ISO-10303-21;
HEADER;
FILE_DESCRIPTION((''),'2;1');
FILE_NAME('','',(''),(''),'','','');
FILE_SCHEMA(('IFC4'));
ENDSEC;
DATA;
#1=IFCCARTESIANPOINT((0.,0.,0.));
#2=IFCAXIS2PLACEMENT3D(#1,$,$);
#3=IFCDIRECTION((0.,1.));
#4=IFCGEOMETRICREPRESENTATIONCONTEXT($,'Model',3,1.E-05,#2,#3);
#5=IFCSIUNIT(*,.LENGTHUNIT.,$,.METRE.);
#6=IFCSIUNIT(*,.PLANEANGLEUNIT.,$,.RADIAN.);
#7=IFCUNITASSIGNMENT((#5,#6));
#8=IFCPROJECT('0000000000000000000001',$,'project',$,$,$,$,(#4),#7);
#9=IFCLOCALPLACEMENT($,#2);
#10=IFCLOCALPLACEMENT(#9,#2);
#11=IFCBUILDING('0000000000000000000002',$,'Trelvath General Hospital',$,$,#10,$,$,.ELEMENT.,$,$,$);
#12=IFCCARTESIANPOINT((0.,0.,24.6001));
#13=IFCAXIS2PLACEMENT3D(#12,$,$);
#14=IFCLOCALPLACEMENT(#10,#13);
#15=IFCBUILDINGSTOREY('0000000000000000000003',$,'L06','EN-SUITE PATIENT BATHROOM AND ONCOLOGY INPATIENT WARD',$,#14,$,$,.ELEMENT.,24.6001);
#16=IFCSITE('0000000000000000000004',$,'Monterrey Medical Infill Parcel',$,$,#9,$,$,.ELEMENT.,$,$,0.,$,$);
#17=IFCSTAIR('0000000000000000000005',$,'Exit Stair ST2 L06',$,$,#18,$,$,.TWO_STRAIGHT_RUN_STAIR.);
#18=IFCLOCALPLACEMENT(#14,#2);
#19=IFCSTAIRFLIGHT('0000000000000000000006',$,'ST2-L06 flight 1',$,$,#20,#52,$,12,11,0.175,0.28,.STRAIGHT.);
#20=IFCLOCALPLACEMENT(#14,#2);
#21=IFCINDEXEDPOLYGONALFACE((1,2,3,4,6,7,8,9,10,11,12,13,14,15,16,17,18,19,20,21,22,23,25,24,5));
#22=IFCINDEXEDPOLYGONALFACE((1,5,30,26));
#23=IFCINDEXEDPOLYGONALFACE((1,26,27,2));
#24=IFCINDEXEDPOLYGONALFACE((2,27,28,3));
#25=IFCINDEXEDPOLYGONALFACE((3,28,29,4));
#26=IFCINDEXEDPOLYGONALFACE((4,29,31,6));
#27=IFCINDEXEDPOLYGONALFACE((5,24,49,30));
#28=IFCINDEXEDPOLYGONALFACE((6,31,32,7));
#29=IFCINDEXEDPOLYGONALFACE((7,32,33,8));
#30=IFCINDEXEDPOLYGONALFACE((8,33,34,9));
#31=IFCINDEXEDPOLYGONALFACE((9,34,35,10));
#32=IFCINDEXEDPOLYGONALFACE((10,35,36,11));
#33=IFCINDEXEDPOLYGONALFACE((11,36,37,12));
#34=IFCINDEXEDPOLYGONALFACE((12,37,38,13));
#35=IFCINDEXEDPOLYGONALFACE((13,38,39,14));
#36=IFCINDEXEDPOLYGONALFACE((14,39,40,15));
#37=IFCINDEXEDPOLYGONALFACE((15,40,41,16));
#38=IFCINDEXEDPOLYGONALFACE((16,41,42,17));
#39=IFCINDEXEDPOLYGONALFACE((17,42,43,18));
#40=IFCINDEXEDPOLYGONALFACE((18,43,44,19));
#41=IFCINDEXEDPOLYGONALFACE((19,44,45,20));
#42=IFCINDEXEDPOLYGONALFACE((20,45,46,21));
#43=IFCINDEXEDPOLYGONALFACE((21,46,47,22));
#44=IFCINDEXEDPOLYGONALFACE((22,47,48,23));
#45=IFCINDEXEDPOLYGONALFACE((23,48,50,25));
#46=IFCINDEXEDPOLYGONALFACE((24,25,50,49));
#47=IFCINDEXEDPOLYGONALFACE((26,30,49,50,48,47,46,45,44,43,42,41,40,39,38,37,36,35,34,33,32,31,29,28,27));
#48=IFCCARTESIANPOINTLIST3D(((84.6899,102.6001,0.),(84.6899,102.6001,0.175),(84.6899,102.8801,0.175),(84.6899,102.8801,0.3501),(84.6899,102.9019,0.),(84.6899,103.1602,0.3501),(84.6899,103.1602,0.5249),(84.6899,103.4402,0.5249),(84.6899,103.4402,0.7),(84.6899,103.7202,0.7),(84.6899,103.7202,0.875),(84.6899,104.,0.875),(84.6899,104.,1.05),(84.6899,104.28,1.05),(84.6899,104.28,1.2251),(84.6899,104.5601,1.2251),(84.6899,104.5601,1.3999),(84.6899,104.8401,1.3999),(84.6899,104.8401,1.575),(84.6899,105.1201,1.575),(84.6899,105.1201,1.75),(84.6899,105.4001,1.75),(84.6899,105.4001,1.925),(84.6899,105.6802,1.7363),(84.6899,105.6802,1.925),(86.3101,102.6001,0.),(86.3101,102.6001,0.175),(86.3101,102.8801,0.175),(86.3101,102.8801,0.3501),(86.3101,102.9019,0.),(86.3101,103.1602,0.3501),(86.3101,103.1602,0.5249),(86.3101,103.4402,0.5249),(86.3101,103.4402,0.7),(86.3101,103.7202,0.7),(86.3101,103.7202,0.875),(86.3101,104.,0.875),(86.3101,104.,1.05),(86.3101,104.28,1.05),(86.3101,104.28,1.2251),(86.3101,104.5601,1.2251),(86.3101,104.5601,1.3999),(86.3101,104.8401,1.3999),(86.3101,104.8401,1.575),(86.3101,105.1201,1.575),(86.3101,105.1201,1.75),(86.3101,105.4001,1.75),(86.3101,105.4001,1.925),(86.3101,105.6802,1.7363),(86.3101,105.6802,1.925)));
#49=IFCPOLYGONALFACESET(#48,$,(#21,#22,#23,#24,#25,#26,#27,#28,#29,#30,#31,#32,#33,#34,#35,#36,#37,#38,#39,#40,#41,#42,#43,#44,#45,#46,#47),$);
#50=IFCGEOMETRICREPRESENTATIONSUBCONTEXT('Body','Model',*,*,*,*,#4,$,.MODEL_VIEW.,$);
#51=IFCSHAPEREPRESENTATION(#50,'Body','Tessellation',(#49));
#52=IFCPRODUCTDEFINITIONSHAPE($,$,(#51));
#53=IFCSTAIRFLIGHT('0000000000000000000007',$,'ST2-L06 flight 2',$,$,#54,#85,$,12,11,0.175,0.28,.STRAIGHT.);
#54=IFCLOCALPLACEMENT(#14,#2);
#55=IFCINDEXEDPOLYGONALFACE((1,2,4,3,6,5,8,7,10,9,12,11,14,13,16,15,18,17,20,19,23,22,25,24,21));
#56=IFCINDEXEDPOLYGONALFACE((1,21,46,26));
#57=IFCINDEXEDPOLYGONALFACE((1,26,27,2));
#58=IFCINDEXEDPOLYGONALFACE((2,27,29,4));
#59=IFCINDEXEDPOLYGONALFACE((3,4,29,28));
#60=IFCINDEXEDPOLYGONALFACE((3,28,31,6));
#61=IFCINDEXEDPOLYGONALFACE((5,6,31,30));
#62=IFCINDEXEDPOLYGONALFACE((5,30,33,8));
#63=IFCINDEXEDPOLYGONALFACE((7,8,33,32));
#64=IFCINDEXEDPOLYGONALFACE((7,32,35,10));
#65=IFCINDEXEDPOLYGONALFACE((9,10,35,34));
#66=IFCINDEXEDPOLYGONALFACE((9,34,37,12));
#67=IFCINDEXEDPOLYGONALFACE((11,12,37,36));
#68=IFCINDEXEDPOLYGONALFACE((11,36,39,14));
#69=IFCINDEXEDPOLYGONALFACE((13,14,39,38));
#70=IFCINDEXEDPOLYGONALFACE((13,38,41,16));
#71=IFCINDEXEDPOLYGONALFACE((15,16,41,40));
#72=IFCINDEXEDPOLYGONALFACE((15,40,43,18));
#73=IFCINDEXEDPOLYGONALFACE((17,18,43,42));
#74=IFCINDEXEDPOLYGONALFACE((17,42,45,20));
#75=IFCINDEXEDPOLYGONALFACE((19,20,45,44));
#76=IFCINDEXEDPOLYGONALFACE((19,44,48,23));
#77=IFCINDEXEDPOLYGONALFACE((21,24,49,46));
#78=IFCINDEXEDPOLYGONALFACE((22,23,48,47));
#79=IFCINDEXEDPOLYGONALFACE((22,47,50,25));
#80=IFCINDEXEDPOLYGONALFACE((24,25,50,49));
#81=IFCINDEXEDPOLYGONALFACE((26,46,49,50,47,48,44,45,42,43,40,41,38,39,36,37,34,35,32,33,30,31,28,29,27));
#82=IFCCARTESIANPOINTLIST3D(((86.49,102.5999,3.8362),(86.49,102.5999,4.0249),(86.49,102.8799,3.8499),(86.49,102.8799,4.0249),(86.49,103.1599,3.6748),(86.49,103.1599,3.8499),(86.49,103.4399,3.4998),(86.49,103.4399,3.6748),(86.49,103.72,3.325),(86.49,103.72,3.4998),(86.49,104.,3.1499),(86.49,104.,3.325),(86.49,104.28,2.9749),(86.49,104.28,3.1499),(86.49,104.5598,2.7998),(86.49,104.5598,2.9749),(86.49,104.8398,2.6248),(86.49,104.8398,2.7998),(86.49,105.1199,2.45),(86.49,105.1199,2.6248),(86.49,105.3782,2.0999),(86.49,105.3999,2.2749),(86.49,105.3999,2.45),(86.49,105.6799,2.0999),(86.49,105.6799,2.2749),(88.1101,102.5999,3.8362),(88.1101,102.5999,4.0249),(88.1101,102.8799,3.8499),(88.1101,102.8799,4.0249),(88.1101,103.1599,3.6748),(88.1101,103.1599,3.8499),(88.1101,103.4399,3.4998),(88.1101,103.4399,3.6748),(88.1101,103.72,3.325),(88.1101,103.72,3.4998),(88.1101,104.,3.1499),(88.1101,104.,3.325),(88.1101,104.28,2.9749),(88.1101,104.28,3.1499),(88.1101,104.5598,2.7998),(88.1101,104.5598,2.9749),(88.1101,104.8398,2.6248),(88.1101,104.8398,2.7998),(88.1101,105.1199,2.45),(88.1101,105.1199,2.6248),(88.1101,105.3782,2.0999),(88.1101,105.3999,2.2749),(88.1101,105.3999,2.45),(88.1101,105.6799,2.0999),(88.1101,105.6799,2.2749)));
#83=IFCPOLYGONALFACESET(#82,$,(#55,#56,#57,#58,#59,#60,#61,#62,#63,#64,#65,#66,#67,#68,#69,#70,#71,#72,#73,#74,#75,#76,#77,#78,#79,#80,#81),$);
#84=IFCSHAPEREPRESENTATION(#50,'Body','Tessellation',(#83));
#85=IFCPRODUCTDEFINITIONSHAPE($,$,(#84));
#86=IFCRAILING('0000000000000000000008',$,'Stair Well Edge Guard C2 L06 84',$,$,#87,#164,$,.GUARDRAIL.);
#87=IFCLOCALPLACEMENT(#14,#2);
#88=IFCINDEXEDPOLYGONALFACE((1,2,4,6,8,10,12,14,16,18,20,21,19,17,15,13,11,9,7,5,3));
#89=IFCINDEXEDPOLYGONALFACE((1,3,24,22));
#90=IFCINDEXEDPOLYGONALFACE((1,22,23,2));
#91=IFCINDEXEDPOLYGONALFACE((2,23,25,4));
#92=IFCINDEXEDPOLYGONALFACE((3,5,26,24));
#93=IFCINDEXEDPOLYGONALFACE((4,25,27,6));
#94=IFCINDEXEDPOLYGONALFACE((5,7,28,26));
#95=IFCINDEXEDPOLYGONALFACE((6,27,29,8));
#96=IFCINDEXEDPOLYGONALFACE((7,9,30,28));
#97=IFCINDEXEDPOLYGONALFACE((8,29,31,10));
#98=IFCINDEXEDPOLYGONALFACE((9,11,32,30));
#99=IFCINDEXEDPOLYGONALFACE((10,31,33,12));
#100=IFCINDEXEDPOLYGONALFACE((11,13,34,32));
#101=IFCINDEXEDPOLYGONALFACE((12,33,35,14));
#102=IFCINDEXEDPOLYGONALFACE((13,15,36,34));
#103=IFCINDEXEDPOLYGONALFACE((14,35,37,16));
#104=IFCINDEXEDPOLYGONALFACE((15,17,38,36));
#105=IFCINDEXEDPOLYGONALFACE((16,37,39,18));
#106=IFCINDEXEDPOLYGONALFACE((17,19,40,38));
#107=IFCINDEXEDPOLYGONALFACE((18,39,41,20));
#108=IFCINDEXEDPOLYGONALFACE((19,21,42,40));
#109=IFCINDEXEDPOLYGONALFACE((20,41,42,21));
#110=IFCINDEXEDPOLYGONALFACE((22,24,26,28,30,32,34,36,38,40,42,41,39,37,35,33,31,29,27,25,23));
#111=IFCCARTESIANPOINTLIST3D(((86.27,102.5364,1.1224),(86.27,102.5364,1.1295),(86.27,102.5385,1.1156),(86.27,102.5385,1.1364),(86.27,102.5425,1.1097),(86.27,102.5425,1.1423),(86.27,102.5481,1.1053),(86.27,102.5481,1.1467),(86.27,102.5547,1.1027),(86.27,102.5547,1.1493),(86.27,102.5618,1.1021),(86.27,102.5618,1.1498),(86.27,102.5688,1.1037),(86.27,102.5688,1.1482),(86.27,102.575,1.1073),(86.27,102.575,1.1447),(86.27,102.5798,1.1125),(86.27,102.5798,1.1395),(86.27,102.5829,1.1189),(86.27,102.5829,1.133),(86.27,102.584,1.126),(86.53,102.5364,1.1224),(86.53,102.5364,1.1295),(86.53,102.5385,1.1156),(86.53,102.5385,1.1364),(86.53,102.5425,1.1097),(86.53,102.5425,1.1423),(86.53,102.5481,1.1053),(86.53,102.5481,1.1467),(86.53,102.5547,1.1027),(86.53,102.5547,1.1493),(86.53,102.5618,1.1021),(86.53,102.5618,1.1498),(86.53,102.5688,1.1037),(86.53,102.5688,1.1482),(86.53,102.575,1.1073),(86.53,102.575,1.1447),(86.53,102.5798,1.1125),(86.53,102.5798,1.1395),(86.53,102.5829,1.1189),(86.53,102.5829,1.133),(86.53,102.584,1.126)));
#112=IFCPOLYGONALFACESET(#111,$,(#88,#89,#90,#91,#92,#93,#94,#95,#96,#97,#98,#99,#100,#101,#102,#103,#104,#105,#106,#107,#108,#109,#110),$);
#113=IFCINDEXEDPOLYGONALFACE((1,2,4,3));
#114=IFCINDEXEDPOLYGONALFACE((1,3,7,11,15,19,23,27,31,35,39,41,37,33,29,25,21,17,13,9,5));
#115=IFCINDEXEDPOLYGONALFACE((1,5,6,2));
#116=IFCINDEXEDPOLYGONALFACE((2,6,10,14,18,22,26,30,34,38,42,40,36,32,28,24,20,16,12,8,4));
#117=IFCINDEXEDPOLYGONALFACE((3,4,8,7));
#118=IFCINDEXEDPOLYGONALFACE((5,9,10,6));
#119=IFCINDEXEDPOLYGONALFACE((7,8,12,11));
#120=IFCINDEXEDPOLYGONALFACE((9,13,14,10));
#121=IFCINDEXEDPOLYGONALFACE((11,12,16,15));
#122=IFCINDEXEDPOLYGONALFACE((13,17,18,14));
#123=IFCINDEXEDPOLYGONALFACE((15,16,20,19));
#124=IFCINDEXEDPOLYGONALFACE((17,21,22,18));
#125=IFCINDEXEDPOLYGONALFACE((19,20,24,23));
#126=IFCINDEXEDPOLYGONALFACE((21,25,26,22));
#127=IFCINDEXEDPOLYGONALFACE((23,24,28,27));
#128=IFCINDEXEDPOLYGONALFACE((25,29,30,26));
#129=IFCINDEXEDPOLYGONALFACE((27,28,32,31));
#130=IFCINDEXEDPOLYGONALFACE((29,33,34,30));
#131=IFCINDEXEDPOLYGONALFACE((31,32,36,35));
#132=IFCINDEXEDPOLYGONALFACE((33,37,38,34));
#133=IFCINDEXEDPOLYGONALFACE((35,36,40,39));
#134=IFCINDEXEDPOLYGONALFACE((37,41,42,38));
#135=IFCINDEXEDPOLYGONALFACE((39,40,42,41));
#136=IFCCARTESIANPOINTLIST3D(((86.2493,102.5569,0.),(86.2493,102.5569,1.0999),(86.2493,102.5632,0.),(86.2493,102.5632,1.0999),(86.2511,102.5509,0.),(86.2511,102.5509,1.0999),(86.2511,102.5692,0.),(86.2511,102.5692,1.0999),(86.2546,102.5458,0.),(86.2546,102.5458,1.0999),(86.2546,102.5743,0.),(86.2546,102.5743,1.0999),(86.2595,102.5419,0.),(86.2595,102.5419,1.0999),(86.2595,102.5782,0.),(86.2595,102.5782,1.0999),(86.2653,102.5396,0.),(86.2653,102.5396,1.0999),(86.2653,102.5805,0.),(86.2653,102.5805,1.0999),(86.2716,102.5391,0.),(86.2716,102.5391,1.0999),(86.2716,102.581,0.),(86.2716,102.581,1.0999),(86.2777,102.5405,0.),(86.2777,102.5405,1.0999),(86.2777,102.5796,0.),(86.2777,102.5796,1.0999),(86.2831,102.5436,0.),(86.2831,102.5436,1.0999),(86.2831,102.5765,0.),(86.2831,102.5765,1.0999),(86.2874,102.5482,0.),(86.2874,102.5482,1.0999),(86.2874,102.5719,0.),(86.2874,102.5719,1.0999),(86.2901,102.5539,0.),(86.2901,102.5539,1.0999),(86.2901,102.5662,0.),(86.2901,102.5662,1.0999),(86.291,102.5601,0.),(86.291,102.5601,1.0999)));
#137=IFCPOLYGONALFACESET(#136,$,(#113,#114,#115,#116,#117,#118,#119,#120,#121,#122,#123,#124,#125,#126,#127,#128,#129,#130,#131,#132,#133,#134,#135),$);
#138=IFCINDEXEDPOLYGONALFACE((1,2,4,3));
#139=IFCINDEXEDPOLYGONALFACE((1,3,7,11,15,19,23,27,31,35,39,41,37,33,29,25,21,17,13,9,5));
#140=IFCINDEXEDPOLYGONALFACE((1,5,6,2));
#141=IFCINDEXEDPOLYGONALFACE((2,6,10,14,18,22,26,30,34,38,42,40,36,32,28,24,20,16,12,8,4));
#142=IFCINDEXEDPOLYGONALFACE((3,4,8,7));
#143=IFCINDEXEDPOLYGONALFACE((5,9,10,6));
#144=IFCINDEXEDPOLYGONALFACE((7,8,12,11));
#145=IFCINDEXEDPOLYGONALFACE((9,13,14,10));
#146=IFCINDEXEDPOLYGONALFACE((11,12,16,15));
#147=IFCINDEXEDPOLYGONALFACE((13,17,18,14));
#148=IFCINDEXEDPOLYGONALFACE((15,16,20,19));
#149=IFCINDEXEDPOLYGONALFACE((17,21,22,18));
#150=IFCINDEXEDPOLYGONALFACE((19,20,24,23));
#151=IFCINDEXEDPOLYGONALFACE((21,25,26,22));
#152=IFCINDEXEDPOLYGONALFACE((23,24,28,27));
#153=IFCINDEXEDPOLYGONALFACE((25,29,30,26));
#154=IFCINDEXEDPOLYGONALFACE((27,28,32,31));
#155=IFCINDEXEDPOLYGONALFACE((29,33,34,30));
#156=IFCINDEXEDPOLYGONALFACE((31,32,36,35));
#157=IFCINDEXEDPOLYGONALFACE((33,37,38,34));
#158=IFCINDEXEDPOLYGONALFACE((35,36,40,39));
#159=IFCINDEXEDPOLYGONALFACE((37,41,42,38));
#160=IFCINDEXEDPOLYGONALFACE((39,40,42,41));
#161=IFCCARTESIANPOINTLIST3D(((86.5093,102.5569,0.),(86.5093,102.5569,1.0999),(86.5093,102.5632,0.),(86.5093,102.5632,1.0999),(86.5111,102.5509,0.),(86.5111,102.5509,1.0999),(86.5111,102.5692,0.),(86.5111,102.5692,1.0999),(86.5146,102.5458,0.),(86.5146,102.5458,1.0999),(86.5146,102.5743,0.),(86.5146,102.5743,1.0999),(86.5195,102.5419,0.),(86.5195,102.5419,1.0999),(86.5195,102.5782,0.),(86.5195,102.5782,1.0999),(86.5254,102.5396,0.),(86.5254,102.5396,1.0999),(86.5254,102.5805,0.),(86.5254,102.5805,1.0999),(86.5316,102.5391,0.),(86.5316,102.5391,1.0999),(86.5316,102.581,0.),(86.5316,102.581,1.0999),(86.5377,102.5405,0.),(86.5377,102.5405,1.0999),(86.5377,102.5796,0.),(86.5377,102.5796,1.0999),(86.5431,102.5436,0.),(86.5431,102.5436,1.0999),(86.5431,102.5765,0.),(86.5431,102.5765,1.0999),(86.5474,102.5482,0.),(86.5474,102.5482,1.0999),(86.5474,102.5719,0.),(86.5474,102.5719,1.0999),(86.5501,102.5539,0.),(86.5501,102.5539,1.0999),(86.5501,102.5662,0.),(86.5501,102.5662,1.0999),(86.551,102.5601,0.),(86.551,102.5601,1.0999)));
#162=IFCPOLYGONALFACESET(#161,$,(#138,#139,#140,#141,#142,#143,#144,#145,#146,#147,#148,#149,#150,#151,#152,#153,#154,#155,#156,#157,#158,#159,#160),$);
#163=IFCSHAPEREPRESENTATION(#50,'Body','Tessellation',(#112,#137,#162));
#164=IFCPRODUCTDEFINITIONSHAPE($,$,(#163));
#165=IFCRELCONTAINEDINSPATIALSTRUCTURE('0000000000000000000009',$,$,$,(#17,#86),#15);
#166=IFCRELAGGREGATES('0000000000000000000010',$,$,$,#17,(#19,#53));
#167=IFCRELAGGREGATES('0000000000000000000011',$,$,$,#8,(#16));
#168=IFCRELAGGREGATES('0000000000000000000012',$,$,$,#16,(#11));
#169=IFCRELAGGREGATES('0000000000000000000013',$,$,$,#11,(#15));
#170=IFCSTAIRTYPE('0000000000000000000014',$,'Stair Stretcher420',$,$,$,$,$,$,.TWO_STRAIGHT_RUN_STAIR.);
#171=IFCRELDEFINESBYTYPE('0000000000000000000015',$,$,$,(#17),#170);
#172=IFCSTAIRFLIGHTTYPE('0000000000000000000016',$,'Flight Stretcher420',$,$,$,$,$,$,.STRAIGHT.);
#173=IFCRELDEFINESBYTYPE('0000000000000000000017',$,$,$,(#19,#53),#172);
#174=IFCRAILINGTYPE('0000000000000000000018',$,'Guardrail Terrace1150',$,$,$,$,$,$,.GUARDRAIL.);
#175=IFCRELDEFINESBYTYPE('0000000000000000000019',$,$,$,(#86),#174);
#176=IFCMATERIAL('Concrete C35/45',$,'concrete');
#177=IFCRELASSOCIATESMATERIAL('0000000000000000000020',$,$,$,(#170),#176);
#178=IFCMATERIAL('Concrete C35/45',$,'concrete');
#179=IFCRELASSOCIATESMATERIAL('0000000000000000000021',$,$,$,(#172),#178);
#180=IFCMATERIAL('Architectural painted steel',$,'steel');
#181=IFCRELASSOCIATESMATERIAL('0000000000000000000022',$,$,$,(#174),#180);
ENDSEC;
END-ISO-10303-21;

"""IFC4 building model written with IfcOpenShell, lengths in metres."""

from ifc_helpers import new_model, si_unit, direction, frame, origin, origin_2d, place, context, subcontext, project, spatial, polyline, circle, outline, extrude, material, type_object, element, aggregate, save


model = new_model("IFC4")

# Units and contexts
model_context = context("Model", 3, precision=1e-05, world=origin(), true_north=direction((0.0, 1.0)))
body_context = subcontext(model_context, "Body", "Model", "MODEL_VIEW")
ifc_project = project(units=[si_unit("LENGTHUNIT", "METRE"), si_unit("PLANEANGLEUNIT", "RADIAN")], contexts=[model_context])

# Site, building, storey
site_placement = place(None, origin())
site = spatial("IfcSite", under=ifc_project, at=site_placement, Name="Monterrey Medical Infill Parcel", CompositionType="ELEMENT", RefElevation=0.0)
building_placement = place(site_placement, origin())
building = spatial("IfcBuilding", under=site, at=building_placement, Name="Trelvath General Hospital", CompositionType="ELEMENT")
storey_placement = place(building_placement, frame((0.0, 0.0, 24.6001)))
storey = spatial("IfcBuildingStorey", under=building, at=storey_placement, Name="L06", Description="EN-SUITE PATIENT BATHROOM AND ONCOLOGY INPATIENT WARD", CompositionType="ELEMENT", Elevation=24.6001)

# Stair, stair flights
ifc_material_1 = material(Name="Concrete C35/45", Category="concrete")
stair_type = type_object("IfcStairType", Name="Stair Stretcher420", PredefinedType="TWO_STRAIGHT_RUN_STAIR", material=ifc_material_1)
stair_placement = place(storey_placement, origin())
stair = element("IfcStair", 1, at=stair_placement, inside=storey, type_object=stair_type, Name="Exit Stair ST2 L06", PredefinedType="TWO_STRAIGHT_RUN_STAIR")
ifc_material_2 = material(Name="Concrete C35/45", Category="concrete")
stair_flight_type = type_object("IfcStairFlightType", Name="Flight Stretcher420", PredefinedType="STRAIGHT", material=ifc_material_2)
stair_flight_1_placement = place(storey_placement, frame((85.5, 102.6001, 0.0), z_axis=(0.0, 0.0, 1.0), x_axis=(0.0, 1.0, 0.0)))
stair_flight_1 = element("IfcStairFlight", 2, at=stair_flight_1_placement, type_object=stair_flight_type, Name="ST2-L06 flight 1", NumberOfRisers=12, NumberOfTreads=11, PredefinedType="STRAIGHT", RiserHeight=0.175, TreadLength=0.28, context=body_context, shape_type="SweptSolid", body=[
    extrude(outline(polyline([(0.0, 0.0), (0.0, 0.175), (0.28, 0.175), (0.28, 0.3501), (0.5601, 0.3501), (0.5601, 0.5249), (0.8401, 0.5249), (0.8401, 0.7), (1.1201, 0.7), (1.1201, 0.875), (1.3999, 0.875), (1.3999, 1.05), (1.6799, 1.05), (1.6799, 1.2251), (1.96, 1.2251), (1.96, 1.3999), (2.24, 1.3999), (2.24, 1.575), (2.52, 1.575), (2.52, 1.75), (2.8, 1.75), (2.8, 1.925), (3.0801, 1.925), (3.0801, 2.1001), (3.0801, 1.7363), (0.3018, 0.0), (0.0, 0.0)])), frame((0.0, 0.8101, 0.0), z_axis=(0.0, -1.0, 0.0), x_axis=(1.0, 0.0, 0.0)), (0.0, 0.0, 1.0), 1.6201),
])
stair_flight_2_placement = place(storey_placement, frame((87.3, 105.6799, 2.0999), z_axis=(0.0, 0.0, 1.0), x_axis=(0.0, -1.0, 0.0)))
stair_flight_2 = element("IfcStairFlight", 3, at=stair_flight_2_placement, type_object=stair_flight_type, Name="ST2-L06 flight 2", NumberOfRisers=12, NumberOfTreads=11, PredefinedType="STRAIGHT", RiserHeight=0.175, TreadLength=0.28, context=body_context, shape_type="SweptSolid", body=[
    extrude(outline(polyline([(0.0, 0.0), (0.0, 0.175), (0.28, 0.175), (0.28, 0.3501), (0.5601, 0.3501), (0.5601, 0.5249), (0.8401, 0.5249), (0.8401, 0.7), (1.1201, 0.7), (1.1201, 0.875), (1.3999, 0.875), (1.3999, 1.05), (1.6799, 1.05), (1.6799, 1.2251), (1.96, 1.2251), (1.96, 1.3999), (2.24, 1.3999), (2.24, 1.575), (2.52, 1.575), (2.52, 1.75), (2.8, 1.75), (2.8, 1.925), (3.0801, 1.925), (3.0801, 2.1001), (3.0801, 1.7363), (0.3018, 0.0), (0.0, 0.0)])), frame((0.0, 0.8101, 0.0), z_axis=(0.0, -1.0, 0.0), x_axis=(1.0, 0.0, 0.0)), (0.0, 0.0, 1.0), 1.6201),
])
aggregate(stair, [stair_flight_1, stair_flight_2])

# Railing
ifc_material_3 = material(Name="Architectural painted steel", Category="steel")
railing_type_1 = type_object("IfcRailingType", Name="Guardrail Terrace1150", PredefinedType="GUARDRAIL", material=ifc_material_3)
railing_1_placement = place(storey_placement, frame((86.27, 102.5601, 0.0)))
element("IfcRailing", 4, at=railing_1_placement, inside=storey, type_object=railing_type_1, Name="Stair Well Edge Guard C2 L06 84", PredefinedType="GUARDRAIL", context=body_context, shape_type="SweptSolid", body=[
    extrude(circle(Radius=0.0239, at=origin_2d()), frame((0.0, 0.0, 1.126), z_axis=(1.0, 0.0, 0.0), x_axis=(0.0, 1.0, 0.0)), (0.0, 0.0, 1.0), 0.26),
    extrude(circle(Radius=0.021, at=origin_2d()), origin(), (0.0, 0.0, 1.0), 1.0999),
    extrude(circle(Radius=0.021, at=origin_2d()), frame((0.26, 0.0, 0.0)), (0.0, 0.0, 1.0), 1.0999),
])

save(model, "model.ifc")
